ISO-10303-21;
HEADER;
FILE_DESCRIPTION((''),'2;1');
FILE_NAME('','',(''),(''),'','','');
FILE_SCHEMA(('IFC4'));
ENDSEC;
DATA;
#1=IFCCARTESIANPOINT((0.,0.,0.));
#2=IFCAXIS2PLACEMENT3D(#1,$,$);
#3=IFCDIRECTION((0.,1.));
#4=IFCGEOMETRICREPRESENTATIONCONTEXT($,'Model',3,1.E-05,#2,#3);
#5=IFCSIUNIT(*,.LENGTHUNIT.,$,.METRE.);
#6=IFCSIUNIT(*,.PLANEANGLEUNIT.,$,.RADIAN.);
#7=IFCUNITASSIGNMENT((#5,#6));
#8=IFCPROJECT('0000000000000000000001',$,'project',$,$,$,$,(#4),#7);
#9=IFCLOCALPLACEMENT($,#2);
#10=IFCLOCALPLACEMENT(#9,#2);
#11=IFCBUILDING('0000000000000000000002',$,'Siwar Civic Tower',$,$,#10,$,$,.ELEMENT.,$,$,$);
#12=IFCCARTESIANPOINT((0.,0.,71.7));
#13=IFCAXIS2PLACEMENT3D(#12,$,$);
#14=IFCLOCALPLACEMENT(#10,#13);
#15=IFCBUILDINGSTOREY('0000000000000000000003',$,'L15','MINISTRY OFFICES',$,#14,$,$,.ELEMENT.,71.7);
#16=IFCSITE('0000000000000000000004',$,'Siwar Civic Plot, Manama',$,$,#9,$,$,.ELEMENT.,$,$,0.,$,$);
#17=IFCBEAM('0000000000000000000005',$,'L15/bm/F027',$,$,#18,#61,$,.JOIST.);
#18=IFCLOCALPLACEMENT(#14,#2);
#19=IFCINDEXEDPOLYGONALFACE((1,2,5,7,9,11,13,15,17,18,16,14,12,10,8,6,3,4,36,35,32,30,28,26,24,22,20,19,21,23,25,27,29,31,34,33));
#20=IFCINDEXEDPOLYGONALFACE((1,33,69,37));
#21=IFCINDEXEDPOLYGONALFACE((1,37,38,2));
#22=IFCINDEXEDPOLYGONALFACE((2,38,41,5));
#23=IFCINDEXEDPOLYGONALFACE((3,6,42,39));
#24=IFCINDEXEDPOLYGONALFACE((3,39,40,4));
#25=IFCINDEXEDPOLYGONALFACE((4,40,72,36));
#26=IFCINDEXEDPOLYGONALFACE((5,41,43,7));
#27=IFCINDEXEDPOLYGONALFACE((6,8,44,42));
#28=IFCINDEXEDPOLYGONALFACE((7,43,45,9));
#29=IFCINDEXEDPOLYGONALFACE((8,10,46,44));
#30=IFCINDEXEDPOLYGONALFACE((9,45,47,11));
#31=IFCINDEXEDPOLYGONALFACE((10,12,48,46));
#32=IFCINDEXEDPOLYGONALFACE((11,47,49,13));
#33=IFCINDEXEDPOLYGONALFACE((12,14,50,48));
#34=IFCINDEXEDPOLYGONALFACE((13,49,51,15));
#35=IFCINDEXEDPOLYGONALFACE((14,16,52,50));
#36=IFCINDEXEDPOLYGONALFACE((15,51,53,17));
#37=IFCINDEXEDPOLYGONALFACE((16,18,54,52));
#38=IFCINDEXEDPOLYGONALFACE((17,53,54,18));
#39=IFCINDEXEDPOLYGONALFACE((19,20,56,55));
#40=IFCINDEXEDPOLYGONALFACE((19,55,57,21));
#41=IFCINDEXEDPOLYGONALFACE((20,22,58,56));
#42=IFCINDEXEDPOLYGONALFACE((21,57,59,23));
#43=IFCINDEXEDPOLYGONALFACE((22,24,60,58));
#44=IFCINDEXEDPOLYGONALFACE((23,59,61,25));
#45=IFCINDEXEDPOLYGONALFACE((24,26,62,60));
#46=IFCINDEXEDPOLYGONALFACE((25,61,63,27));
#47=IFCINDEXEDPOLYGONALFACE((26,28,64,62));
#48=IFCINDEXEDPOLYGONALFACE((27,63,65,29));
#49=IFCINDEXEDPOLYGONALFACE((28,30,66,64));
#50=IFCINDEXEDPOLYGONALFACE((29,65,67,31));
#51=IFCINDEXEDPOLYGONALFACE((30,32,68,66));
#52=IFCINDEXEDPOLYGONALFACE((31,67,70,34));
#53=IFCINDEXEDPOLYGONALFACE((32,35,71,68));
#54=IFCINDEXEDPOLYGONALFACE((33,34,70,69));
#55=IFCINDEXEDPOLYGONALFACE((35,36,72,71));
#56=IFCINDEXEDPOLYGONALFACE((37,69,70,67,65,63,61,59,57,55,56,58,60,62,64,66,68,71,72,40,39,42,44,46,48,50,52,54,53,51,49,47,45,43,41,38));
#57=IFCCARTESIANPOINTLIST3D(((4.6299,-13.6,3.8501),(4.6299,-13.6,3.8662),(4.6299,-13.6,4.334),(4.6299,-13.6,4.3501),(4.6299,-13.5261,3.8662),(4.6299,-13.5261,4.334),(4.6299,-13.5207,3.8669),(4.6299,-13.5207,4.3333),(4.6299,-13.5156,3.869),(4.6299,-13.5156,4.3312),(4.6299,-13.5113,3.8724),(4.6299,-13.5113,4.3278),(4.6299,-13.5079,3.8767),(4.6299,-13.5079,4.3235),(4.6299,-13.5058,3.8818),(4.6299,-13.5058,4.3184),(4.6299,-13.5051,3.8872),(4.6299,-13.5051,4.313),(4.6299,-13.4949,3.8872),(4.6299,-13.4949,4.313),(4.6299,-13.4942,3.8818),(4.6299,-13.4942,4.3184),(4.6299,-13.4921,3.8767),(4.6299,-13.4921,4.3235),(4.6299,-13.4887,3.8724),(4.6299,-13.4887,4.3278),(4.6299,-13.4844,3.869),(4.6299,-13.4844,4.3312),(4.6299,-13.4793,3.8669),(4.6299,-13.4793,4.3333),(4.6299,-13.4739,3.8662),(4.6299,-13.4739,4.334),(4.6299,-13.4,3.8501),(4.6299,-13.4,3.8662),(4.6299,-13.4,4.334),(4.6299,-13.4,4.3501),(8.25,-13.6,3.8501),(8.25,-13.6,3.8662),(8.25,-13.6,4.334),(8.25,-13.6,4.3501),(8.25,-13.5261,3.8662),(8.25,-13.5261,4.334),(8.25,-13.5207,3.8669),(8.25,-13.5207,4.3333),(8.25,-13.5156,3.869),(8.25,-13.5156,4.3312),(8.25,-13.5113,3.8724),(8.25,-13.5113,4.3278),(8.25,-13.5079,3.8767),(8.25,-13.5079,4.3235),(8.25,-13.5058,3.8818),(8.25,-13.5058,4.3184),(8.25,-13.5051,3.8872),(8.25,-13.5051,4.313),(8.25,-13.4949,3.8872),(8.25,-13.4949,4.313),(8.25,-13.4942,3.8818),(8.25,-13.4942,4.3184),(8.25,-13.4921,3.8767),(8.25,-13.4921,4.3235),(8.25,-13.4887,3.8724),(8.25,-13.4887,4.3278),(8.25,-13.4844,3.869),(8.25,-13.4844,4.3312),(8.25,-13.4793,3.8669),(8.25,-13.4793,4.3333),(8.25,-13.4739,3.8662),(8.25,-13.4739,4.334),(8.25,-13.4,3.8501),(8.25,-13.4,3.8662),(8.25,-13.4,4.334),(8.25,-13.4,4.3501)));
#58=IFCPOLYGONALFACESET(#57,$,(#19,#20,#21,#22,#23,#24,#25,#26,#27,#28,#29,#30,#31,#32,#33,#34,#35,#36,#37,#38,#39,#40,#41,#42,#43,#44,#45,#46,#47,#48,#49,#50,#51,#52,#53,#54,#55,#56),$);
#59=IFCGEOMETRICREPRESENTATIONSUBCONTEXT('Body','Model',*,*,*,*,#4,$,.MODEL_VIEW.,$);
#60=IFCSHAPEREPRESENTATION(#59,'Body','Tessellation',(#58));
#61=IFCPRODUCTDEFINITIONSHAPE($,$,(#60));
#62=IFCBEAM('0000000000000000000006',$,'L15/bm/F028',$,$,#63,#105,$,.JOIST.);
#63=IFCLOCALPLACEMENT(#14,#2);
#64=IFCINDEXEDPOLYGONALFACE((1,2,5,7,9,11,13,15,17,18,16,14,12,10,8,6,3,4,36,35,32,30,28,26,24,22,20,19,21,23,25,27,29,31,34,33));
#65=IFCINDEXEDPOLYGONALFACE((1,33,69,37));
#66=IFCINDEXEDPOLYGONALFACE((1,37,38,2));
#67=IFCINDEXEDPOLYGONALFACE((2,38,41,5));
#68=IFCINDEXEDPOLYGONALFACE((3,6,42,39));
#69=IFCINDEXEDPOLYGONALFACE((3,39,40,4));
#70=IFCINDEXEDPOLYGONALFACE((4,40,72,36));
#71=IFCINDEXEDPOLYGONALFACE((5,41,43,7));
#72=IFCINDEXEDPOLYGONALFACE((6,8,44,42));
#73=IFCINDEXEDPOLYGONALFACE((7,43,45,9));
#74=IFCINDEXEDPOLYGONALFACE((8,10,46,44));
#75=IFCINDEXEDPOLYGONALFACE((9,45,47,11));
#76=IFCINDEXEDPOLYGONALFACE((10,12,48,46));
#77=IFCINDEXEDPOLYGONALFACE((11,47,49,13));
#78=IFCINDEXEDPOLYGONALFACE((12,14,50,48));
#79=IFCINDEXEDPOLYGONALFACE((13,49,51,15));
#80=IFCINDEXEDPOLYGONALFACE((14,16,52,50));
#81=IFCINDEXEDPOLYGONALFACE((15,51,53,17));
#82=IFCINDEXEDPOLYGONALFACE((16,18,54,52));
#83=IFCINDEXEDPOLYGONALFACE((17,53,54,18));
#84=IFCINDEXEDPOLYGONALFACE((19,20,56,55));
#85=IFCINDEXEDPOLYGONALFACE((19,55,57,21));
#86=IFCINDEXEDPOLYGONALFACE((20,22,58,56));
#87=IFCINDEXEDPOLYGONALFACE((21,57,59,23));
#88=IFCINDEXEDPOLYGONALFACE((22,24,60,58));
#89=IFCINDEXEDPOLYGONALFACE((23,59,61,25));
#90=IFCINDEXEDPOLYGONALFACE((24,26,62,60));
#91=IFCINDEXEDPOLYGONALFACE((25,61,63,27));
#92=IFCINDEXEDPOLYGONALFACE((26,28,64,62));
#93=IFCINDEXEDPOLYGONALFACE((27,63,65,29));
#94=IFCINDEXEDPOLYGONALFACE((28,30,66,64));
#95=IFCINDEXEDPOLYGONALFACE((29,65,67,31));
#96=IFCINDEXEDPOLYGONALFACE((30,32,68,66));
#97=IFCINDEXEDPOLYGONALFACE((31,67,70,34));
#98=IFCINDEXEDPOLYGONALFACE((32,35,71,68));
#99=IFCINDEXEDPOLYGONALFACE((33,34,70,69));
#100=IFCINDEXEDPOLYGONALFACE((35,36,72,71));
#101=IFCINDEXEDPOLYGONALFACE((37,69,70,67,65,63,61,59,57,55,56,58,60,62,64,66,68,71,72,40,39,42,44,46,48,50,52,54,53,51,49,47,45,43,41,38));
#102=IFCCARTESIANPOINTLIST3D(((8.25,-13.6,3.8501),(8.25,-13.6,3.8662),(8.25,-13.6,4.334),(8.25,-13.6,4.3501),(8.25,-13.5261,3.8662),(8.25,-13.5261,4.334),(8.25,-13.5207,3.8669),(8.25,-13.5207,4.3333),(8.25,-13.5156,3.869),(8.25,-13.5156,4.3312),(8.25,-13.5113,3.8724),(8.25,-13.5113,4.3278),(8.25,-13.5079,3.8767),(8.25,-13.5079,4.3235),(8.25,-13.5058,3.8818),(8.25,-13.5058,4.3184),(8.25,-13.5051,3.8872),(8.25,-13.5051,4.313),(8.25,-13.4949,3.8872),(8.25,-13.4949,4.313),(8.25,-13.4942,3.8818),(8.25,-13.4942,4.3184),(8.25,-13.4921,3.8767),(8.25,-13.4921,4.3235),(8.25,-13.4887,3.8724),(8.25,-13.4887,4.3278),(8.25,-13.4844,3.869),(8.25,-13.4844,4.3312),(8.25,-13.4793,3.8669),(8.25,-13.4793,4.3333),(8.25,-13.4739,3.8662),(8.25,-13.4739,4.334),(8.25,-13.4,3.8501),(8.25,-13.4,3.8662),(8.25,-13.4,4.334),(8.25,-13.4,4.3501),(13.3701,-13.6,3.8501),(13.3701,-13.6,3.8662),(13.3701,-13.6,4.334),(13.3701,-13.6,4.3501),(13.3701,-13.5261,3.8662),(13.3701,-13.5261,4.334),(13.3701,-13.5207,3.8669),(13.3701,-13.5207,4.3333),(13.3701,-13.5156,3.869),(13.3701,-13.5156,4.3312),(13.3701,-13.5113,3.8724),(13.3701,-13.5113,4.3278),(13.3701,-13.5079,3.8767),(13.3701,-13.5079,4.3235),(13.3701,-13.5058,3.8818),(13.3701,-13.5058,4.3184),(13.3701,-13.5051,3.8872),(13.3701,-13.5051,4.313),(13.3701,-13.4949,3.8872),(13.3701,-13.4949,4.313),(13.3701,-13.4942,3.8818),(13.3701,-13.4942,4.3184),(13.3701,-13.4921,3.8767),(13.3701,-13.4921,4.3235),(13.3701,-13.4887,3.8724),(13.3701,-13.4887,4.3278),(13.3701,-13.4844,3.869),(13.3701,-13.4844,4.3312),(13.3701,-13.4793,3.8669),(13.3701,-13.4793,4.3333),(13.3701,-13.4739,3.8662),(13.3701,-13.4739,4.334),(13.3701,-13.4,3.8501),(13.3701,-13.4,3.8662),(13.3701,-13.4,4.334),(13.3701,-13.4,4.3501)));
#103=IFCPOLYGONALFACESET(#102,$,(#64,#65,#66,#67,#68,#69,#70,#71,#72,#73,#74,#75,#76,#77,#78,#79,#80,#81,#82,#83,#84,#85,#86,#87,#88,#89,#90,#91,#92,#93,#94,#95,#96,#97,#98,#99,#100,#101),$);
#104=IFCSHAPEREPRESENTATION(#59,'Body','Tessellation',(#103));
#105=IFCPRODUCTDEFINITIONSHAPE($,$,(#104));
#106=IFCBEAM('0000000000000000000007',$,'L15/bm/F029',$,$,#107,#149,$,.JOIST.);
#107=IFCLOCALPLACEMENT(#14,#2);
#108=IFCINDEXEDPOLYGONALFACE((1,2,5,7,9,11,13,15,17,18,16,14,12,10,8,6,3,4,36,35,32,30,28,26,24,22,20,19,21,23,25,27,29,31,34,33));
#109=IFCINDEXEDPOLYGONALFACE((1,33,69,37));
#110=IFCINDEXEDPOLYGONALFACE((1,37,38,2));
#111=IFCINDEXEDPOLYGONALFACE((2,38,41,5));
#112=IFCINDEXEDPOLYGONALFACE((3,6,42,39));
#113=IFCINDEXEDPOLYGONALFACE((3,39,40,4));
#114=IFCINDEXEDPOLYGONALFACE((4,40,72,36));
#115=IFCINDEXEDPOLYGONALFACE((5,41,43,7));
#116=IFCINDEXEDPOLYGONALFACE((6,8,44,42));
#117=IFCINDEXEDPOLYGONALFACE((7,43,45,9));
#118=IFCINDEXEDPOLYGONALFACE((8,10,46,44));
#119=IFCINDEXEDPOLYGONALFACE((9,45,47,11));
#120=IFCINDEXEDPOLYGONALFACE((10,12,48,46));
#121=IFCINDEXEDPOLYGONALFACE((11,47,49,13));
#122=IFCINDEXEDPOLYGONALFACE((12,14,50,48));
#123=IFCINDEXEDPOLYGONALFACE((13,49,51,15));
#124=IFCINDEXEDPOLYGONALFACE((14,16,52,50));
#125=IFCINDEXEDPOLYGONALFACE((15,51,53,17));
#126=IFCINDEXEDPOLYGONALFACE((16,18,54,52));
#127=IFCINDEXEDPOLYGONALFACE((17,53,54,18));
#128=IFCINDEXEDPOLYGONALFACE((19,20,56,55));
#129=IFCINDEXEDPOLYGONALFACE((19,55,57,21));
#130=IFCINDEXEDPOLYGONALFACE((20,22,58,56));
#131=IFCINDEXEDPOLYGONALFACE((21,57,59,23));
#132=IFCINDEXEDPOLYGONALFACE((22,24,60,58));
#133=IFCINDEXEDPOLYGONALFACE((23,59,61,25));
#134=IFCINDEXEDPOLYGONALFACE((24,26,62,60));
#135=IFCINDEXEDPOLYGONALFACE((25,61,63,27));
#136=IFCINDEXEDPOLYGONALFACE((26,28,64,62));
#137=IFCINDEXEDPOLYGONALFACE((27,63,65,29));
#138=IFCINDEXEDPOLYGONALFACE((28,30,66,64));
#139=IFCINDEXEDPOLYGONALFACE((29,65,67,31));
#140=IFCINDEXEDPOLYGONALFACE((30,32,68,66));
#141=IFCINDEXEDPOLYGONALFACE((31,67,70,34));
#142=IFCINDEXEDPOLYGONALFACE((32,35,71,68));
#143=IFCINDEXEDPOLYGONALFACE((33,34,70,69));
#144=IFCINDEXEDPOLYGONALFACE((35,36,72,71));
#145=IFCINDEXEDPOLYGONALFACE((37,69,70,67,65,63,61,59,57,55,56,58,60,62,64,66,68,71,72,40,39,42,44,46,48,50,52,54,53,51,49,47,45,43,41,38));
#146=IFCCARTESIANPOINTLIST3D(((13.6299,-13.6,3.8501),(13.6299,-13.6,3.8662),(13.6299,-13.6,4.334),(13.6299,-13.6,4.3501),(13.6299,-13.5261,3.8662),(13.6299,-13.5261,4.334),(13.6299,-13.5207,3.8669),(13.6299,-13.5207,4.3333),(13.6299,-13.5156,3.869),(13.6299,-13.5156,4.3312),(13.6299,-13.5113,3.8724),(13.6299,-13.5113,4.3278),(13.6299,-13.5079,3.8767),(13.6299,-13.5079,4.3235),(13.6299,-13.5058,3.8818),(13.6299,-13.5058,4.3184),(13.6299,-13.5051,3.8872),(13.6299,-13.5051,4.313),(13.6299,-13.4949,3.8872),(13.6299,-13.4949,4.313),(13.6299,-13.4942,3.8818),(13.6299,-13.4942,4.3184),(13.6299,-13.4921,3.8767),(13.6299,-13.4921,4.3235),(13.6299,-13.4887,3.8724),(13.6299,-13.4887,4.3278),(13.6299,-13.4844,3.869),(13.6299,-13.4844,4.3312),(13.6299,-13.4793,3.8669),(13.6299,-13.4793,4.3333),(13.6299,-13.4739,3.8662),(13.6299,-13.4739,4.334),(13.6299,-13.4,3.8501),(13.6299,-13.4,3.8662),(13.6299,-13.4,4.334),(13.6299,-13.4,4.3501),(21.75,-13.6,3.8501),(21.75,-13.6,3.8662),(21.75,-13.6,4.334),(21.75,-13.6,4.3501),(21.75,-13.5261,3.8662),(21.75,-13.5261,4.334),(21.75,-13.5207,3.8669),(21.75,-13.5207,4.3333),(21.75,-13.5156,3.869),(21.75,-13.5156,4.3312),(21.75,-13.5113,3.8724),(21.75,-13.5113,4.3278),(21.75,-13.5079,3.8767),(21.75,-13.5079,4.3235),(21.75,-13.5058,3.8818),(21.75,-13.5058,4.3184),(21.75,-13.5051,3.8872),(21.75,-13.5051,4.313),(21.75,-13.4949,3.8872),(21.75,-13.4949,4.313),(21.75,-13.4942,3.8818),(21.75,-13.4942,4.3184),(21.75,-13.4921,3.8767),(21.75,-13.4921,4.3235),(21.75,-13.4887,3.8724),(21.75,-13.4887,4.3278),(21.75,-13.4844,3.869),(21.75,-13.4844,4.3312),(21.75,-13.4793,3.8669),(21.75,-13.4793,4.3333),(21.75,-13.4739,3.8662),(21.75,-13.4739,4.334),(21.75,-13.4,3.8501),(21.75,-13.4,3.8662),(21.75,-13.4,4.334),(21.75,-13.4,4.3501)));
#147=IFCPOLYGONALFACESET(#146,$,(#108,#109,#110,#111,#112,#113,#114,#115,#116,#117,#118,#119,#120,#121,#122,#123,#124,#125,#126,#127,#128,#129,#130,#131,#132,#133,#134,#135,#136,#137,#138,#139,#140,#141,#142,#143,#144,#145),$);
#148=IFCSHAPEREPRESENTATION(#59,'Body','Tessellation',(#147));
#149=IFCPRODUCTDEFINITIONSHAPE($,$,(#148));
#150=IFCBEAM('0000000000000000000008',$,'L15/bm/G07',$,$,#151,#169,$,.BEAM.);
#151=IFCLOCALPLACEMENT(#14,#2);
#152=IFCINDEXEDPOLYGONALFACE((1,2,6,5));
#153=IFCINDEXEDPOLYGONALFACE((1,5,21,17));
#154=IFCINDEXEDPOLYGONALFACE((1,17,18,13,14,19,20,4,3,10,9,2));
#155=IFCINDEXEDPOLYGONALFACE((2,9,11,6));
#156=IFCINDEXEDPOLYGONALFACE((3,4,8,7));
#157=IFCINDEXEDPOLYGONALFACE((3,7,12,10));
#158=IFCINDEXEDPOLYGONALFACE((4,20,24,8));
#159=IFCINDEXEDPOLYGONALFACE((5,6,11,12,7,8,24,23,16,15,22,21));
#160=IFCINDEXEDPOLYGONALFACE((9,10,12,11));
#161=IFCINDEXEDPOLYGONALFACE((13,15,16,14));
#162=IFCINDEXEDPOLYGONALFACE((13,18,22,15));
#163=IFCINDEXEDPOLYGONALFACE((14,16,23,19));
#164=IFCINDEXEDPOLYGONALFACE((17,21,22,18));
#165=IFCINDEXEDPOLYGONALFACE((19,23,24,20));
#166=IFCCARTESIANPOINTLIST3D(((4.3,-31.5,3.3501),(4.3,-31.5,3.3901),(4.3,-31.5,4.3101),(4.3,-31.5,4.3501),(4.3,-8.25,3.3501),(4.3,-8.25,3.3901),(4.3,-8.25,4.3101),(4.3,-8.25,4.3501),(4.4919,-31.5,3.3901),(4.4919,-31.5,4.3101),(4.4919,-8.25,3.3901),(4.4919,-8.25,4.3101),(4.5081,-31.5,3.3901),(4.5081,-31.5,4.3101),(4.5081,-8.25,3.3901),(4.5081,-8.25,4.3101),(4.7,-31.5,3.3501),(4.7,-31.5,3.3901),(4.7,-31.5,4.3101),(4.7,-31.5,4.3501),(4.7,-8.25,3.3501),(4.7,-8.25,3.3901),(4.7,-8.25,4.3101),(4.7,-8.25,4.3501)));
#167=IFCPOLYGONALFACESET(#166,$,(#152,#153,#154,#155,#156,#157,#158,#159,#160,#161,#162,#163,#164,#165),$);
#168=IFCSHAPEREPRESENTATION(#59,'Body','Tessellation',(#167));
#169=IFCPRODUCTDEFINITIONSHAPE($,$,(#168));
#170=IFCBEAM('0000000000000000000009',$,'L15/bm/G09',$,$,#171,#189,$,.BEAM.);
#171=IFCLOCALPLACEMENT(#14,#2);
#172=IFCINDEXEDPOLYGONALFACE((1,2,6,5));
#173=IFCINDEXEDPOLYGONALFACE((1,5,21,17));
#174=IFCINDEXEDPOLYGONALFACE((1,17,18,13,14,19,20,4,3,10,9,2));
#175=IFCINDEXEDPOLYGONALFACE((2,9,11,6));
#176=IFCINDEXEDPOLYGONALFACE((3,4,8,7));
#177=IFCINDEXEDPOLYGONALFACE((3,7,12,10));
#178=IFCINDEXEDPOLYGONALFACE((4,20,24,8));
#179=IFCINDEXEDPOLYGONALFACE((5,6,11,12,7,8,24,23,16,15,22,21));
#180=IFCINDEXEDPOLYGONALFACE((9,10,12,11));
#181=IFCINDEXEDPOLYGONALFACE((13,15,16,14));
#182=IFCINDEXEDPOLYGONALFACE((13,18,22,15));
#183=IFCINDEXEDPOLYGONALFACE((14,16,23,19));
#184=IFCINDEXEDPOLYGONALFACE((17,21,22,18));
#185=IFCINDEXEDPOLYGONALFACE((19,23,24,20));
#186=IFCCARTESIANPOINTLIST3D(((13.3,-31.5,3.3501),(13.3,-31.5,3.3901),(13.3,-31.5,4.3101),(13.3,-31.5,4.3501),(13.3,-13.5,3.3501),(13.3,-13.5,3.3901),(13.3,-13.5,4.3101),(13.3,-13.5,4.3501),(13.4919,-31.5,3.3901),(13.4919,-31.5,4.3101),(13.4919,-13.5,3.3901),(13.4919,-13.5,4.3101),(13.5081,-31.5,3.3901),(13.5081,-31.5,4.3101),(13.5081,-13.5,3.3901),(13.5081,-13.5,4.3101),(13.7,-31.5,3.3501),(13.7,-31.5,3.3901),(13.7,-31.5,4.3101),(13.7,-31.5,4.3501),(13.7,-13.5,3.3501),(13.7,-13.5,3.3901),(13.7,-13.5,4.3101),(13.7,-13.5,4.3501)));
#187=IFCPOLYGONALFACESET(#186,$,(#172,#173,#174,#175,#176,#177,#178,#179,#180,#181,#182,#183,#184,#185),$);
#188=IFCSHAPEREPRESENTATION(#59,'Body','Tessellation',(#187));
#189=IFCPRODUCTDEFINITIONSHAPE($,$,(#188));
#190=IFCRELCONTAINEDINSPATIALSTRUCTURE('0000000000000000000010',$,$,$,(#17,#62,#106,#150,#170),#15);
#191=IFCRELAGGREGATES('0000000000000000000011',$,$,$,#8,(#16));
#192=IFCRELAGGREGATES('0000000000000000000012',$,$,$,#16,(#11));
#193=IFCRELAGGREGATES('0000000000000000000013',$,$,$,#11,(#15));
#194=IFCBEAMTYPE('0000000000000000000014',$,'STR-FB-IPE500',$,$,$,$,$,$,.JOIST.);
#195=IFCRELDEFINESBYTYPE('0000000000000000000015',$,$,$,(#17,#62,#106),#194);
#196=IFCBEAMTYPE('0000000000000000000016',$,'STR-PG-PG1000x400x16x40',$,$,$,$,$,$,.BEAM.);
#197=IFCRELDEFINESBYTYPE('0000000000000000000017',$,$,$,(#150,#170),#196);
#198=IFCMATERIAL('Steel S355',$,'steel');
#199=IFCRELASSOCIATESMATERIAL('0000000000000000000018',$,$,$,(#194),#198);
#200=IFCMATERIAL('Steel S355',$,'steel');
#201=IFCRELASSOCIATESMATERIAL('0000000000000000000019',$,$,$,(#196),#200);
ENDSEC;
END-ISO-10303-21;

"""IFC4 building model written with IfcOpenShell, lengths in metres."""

from ifc_helpers import new_model, si_unit, direction, frame, origin, origin_2d, place, context, subcontext, project, spatial, i_section, extrude, material, material_profile, profile_set, type_object, element, save


model = new_model("IFC4")

# Units and contexts
model_context = context("Model", 3, precision=1e-05, world=origin(), true_north=direction((0.0, 1.0)))
body_context = subcontext(model_context, "Body", "Model", "MODEL_VIEW")
ifc_project = project(units=[si_unit("LENGTHUNIT", "METRE"), si_unit("PLANEANGLEUNIT", "RADIAN")], contexts=[model_context])

# Site, building, storey
site_placement = place(None, origin())
site = spatial("IfcSite", under=ifc_project, at=site_placement, Name="Siwar Civic Plot, Manama", CompositionType="ELEMENT", RefElevation=0.0)
building_placement = place(site_placement, origin())
building = spatial("IfcBuilding", under=site, at=building_placement, Name="Siwar Civic Tower", CompositionType="ELEMENT")
storey_placement = place(building_placement, frame((0.0, 0.0, 71.7)))
storey = spatial("IfcBuildingStorey", under=building, at=storey_placement, Name="L15", Description="MINISTRY OFFICES", CompositionType="ELEMENT", Elevation=71.7)

# Beams
ifc_material_1 = material(Name="Steel S355", Category="steel")
ifc_material_profile_1 = material_profile(ifc_material_1, i_section(OverallWidth=0.2, OverallDepth=0.5, WebThickness=0.0103, FlangeThickness=0.0161, FilletRadius=0.021, at=origin_2d()), Name="IPE500")
ifc_profile_set_1 = profile_set([ifc_material_profile_1], Name="Steel S355")
beam_type_1 = type_object("IfcBeamType", Name="STR-FB-IPE500", PredefinedType="JOIST", material=ifc_profile_set_1)
beam_1_placement = place(storey_placement, frame((4.6299, -13.5, 4.1001), z_axis=(1.0, 0.0, 0.0), x_axis=(0.0, 1.0, 0.0)))
element("IfcBeam", 1, at=beam_1_placement, inside=storey, type_object=beam_type_1, Name="L15/bm/F027", PredefinedType="JOIST", context=body_context, shape_type="SweptSolid", body=[
    extrude(i_section(OverallWidth=0.2, OverallDepth=0.5, WebThickness=0.0103, FlangeThickness=0.0161, FilletRadius=0.021, at=origin_2d()), origin(), (0.0, 0.0, 1.0), 3.6201),
])
beam_2_placement = place(storey_placement, frame((8.25, -13.5, 4.1001), z_axis=(1.0, 0.0, 0.0), x_axis=(0.0, 1.0, 0.0)))
element("IfcBeam", 2, at=beam_2_placement, inside=storey, type_object=beam_type_1, Name="L15/bm/F028", PredefinedType="JOIST", context=body_context, shape_type="SweptSolid", body=[
    extrude(i_section(OverallWidth=0.2, OverallDepth=0.5, WebThickness=0.0103, FlangeThickness=0.0161, FilletRadius=0.021, at=origin_2d()), origin(), (0.0, 0.0, 1.0), 5.1201),
])
beam_3_placement = place(storey_placement, frame((13.6299, -13.5, 4.1001), z_axis=(1.0, 0.0, 0.0), x_axis=(0.0, 1.0, 0.0)))
element("IfcBeam", 3, at=beam_3_placement, inside=storey, type_object=beam_type_1, Name="L15/bm/F029", PredefinedType="JOIST", context=body_context, shape_type="SweptSolid", body=[
    extrude(i_section(OverallWidth=0.2, OverallDepth=0.5, WebThickness=0.0103, FlangeThickness=0.0161, FilletRadius=0.021, at=origin_2d()), origin(), (0.0, 0.0, 1.0), 8.1201),
])
ifc_material_2 = material(Name="Steel S355", Category="steel")
ifc_material_profile_2 = material_profile(ifc_material_2, i_section(OverallWidth=0.3999, OverallDepth=1.0, WebThickness=0.0161, FlangeThickness=0.04, at=origin_2d()), Name="PG1000x400x16x40")
ifc_profile_set_2 = profile_set([ifc_material_profile_2], Name="Steel S355")
beam_type_2 = type_object("IfcBeamType", Name="STR-PG-PG1000x400x16x40", PredefinedType="BEAM", material=ifc_profile_set_2)
beam_4_placement = place(storey_placement, frame((4.5, -31.5, 3.8501), z_axis=(0.0, 1.0, 0.0), x_axis=(-1.0, 0.0, 0.0)))
element("IfcBeam", 4, at=beam_4_placement, inside=storey, type_object=beam_type_2, Name="L15/bm/G07", PredefinedType="BEAM", context=body_context, shape_type="SweptSolid", body=[
    extrude(i_section(OverallWidth=0.3999, OverallDepth=1.0, WebThickness=0.0161, FlangeThickness=0.04, at=origin_2d()), origin(), (0.0, 0.0, 1.0), 23.25),
])
beam_5_placement = place(storey_placement, frame((13.5, -31.5, 3.8501), z_axis=(0.0, 1.0, 0.0), x_axis=(-1.0, 0.0, 0.0)))
element("IfcBeam", 5, at=beam_5_placement, inside=storey, type_object=beam_type_2, Name="L15/bm/G09", PredefinedType="BEAM", context=body_context, shape_type="SweptSolid", body=[
    extrude(i_section(OverallWidth=0.3999, OverallDepth=1.0, WebThickness=0.0161, FlangeThickness=0.04, at=origin_2d()), origin(), (0.0, 0.0, 1.0), 18.0),
])

save(model, "model.ifc")
